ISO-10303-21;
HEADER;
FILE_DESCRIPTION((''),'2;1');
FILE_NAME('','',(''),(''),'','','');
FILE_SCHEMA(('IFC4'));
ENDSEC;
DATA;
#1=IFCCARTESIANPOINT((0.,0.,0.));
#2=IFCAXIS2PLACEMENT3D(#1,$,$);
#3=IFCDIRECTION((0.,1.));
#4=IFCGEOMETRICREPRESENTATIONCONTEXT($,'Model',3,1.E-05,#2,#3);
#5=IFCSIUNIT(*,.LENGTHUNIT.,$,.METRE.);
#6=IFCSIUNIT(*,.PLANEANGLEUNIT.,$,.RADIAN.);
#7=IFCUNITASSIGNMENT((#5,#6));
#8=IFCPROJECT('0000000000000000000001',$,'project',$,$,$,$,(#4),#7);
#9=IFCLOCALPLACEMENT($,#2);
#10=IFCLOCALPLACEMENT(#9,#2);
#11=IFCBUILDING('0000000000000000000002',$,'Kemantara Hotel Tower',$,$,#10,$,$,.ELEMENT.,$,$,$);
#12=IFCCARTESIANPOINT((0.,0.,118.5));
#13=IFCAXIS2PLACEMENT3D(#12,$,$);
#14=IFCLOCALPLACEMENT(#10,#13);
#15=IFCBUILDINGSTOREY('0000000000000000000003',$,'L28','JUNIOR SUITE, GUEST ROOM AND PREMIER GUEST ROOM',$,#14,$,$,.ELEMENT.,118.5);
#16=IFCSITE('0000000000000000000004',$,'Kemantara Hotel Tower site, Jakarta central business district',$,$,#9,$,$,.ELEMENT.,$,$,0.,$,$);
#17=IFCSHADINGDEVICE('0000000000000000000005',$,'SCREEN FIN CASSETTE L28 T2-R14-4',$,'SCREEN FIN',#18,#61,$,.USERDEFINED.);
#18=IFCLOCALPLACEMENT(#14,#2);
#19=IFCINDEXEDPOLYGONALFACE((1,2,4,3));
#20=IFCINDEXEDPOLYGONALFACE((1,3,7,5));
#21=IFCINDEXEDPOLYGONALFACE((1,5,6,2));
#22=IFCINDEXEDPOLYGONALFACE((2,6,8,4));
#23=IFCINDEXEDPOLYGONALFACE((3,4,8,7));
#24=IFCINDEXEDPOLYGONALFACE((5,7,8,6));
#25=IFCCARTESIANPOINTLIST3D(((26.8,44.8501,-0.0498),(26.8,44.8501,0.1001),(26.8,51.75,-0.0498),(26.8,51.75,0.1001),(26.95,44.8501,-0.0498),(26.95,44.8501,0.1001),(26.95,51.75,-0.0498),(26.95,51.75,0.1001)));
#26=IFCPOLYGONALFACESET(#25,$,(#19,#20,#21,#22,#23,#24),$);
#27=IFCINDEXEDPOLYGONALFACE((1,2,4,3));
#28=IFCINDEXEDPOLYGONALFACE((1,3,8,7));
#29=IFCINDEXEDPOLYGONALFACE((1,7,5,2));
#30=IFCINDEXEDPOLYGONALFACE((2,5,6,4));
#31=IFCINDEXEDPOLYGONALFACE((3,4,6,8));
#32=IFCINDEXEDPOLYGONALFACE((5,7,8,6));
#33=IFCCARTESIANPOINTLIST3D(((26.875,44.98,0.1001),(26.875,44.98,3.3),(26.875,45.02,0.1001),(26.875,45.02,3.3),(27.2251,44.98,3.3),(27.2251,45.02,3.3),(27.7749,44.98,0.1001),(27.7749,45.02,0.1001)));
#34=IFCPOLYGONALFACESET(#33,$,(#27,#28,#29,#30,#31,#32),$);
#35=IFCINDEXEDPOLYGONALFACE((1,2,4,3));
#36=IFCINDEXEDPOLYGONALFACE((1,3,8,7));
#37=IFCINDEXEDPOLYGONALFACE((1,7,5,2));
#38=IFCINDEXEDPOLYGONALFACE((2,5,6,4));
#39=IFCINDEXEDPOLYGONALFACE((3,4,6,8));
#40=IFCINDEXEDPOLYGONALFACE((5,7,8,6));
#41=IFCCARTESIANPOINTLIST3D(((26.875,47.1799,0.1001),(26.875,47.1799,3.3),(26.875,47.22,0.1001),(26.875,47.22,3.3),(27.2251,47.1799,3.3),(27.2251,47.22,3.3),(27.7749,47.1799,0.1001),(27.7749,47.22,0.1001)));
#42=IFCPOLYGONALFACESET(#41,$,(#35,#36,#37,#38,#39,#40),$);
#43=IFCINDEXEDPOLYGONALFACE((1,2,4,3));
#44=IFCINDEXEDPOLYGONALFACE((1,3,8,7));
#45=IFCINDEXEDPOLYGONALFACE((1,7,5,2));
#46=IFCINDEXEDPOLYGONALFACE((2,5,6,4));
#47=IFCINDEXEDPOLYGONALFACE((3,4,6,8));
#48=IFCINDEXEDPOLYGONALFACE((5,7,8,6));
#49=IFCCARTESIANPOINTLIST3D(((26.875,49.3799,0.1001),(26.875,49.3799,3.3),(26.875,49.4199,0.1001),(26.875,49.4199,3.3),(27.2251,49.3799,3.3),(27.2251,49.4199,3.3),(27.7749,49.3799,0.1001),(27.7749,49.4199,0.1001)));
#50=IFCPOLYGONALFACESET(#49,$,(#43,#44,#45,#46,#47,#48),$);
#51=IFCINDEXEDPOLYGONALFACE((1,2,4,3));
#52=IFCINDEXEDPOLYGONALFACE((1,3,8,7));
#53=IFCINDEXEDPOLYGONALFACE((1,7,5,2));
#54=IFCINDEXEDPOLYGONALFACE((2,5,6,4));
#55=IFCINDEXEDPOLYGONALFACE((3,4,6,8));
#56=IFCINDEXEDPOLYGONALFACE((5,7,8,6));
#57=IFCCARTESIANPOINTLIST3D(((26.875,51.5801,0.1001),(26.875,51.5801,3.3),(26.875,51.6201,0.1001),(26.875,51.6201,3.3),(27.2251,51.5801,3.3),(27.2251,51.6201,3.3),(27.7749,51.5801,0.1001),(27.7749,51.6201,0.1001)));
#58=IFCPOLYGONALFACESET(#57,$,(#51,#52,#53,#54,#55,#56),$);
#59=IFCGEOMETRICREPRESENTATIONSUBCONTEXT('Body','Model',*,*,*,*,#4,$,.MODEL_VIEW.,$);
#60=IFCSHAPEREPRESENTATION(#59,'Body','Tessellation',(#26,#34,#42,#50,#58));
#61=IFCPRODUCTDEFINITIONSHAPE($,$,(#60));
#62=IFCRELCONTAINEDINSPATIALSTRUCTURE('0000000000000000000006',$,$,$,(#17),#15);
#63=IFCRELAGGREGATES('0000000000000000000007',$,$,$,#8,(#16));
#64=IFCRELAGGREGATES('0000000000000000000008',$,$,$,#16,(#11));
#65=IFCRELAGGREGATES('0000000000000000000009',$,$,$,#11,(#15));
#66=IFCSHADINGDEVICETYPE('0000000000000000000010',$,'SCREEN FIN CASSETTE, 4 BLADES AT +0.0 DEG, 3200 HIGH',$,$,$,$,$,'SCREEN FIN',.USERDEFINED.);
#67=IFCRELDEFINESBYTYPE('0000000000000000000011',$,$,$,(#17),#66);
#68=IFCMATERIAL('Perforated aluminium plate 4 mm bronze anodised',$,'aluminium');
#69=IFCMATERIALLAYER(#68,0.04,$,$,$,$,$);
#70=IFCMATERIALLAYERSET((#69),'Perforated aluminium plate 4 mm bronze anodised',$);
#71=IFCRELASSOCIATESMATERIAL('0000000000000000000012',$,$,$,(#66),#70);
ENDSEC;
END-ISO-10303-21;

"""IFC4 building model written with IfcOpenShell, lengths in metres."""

from ifc_helpers import new_model, si_unit, direction, frame, origin, origin_2d, place, context, subcontext, project, spatial, polyline, rectangle, outline, extrude, source, transform, mapped, material, layer, layer_set, type_object, element, save


model = new_model("IFC4")

# Units and contexts
model_context = context("Model", 3, precision=1e-05, world=origin(), true_north=direction((0.0, 1.0)))
body_context = subcontext(model_context, "Body", "Model", "MODEL_VIEW")
ifc_project = project(units=[si_unit("LENGTHUNIT", "METRE"), si_unit("PLANEANGLEUNIT", "RADIAN")], contexts=[model_context])

# Site, building, storey
site_placement = place(None, origin())
site = spatial("IfcSite", under=ifc_project, at=site_placement, Name="Kemantara Hotel Tower site, Jakarta central business district", CompositionType="ELEMENT", RefElevation=0.0)
building_placement = place(site_placement, origin())
building = spatial("IfcBuilding", under=site, at=building_placement, Name="Kemantara Hotel Tower", CompositionType="ELEMENT")
storey_placement = place(building_placement, frame((0.0, 0.0, 118.5)))
storey = spatial("IfcBuildingStorey", under=building, at=storey_placement, Name="L28", Description="JUNIOR SUITE, GUEST ROOM AND PREMIER GUEST ROOM", CompositionType="ELEMENT", Elevation=118.5)

# Shading device
ifc_material_1 = material(Name="Perforated aluminium plate 4 mm bronze anodised", Category="aluminium")
ifc_layer_1 = layer(ifc_material_1, 0.04)
ifc_layer_set_1 = layer_set([ifc_layer_1], Name="Perforated aluminium plate 4 mm bronze anodised")
shading_device_type_1 = type_object("IfcShadingDeviceType", Name="SCREEN FIN CASSETTE, 4 BLADES AT +0.0 DEG, 3200 HIGH", ElementType="SCREEN FIN", PredefinedType="USERDEFINED", material=ifc_layer_set_1)
shared_shape_1 = source(origin(), body_context, "Body", "SweptSolid", [
    extrude(rectangle(XDim=6.8999, YDim=0.1499, at=origin_2d()), frame((3.3, -0.075, -0.1499), z_axis=(0.0, 0.0, 1.0), x_axis=(1.0, 0.0, 0.0)), (0.0, 0.0, 1.0), 0.1499),
    extrude(outline(polyline([(0.0, 0.0), (0.8999, 0.0), (0.3501, 3.2), (0.0, 3.2), (0.0, 0.0)])), frame((0.02, -0.075, 0.0), z_axis=(-1.0, 0.0, 0.0), x_axis=(0.0, -1.0, 0.0)), (0.0, 0.0, 1.0), 0.04),
    extrude(outline(polyline([(0.0, 0.0), (0.8999, 0.0), (0.3501, 3.2), (0.0, 3.2), (0.0, 0.0)])), frame((2.22, -0.075, 0.0), z_axis=(-1.0, 0.0, 0.0), x_axis=(0.0, -1.0, 0.0)), (0.0, 0.0, 1.0), 0.04),
    extrude(outline(polyline([(0.0, 0.0), (0.8999, 0.0), (0.3501, 3.2), (0.0, 3.2), (0.0, 0.0)])), frame((4.4199, -0.075, 0.0), z_axis=(-1.0, 0.0, 0.0), x_axis=(0.0, -1.0, 0.0)), (0.0, 0.0, 1.0), 0.04),
    extrude(outline(polyline([(0.0, 0.0), (0.8999, 0.0), (0.3501, 3.2), (0.0, 3.2), (0.0, 0.0)])), frame((6.6201, -0.075, 0.0), z_axis=(-1.0, 0.0, 0.0), x_axis=(0.0, -1.0, 0.0)), (0.0, 0.0, 1.0), 0.04),
])
shading_device_1_placement = place(storey_placement, frame((26.8, 45.0, 0.1001), z_axis=(0.0, 0.0, 1.0), x_axis=(0.0, 1.0, 0.0)))
element("IfcShadingDevice", 1, at=shading_device_1_placement, inside=storey, type_object=shading_device_type_1, Name="SCREEN FIN CASSETTE L28 T2-R14-4", ObjectType="SCREEN FIN", PredefinedType="USERDEFINED", context=body_context, shape_type="MappedRepresentation", body=[
    mapped(shared_shape_1, transform((0.0, 0.0, 0.0))),
])

save(model, "model.ifc")
